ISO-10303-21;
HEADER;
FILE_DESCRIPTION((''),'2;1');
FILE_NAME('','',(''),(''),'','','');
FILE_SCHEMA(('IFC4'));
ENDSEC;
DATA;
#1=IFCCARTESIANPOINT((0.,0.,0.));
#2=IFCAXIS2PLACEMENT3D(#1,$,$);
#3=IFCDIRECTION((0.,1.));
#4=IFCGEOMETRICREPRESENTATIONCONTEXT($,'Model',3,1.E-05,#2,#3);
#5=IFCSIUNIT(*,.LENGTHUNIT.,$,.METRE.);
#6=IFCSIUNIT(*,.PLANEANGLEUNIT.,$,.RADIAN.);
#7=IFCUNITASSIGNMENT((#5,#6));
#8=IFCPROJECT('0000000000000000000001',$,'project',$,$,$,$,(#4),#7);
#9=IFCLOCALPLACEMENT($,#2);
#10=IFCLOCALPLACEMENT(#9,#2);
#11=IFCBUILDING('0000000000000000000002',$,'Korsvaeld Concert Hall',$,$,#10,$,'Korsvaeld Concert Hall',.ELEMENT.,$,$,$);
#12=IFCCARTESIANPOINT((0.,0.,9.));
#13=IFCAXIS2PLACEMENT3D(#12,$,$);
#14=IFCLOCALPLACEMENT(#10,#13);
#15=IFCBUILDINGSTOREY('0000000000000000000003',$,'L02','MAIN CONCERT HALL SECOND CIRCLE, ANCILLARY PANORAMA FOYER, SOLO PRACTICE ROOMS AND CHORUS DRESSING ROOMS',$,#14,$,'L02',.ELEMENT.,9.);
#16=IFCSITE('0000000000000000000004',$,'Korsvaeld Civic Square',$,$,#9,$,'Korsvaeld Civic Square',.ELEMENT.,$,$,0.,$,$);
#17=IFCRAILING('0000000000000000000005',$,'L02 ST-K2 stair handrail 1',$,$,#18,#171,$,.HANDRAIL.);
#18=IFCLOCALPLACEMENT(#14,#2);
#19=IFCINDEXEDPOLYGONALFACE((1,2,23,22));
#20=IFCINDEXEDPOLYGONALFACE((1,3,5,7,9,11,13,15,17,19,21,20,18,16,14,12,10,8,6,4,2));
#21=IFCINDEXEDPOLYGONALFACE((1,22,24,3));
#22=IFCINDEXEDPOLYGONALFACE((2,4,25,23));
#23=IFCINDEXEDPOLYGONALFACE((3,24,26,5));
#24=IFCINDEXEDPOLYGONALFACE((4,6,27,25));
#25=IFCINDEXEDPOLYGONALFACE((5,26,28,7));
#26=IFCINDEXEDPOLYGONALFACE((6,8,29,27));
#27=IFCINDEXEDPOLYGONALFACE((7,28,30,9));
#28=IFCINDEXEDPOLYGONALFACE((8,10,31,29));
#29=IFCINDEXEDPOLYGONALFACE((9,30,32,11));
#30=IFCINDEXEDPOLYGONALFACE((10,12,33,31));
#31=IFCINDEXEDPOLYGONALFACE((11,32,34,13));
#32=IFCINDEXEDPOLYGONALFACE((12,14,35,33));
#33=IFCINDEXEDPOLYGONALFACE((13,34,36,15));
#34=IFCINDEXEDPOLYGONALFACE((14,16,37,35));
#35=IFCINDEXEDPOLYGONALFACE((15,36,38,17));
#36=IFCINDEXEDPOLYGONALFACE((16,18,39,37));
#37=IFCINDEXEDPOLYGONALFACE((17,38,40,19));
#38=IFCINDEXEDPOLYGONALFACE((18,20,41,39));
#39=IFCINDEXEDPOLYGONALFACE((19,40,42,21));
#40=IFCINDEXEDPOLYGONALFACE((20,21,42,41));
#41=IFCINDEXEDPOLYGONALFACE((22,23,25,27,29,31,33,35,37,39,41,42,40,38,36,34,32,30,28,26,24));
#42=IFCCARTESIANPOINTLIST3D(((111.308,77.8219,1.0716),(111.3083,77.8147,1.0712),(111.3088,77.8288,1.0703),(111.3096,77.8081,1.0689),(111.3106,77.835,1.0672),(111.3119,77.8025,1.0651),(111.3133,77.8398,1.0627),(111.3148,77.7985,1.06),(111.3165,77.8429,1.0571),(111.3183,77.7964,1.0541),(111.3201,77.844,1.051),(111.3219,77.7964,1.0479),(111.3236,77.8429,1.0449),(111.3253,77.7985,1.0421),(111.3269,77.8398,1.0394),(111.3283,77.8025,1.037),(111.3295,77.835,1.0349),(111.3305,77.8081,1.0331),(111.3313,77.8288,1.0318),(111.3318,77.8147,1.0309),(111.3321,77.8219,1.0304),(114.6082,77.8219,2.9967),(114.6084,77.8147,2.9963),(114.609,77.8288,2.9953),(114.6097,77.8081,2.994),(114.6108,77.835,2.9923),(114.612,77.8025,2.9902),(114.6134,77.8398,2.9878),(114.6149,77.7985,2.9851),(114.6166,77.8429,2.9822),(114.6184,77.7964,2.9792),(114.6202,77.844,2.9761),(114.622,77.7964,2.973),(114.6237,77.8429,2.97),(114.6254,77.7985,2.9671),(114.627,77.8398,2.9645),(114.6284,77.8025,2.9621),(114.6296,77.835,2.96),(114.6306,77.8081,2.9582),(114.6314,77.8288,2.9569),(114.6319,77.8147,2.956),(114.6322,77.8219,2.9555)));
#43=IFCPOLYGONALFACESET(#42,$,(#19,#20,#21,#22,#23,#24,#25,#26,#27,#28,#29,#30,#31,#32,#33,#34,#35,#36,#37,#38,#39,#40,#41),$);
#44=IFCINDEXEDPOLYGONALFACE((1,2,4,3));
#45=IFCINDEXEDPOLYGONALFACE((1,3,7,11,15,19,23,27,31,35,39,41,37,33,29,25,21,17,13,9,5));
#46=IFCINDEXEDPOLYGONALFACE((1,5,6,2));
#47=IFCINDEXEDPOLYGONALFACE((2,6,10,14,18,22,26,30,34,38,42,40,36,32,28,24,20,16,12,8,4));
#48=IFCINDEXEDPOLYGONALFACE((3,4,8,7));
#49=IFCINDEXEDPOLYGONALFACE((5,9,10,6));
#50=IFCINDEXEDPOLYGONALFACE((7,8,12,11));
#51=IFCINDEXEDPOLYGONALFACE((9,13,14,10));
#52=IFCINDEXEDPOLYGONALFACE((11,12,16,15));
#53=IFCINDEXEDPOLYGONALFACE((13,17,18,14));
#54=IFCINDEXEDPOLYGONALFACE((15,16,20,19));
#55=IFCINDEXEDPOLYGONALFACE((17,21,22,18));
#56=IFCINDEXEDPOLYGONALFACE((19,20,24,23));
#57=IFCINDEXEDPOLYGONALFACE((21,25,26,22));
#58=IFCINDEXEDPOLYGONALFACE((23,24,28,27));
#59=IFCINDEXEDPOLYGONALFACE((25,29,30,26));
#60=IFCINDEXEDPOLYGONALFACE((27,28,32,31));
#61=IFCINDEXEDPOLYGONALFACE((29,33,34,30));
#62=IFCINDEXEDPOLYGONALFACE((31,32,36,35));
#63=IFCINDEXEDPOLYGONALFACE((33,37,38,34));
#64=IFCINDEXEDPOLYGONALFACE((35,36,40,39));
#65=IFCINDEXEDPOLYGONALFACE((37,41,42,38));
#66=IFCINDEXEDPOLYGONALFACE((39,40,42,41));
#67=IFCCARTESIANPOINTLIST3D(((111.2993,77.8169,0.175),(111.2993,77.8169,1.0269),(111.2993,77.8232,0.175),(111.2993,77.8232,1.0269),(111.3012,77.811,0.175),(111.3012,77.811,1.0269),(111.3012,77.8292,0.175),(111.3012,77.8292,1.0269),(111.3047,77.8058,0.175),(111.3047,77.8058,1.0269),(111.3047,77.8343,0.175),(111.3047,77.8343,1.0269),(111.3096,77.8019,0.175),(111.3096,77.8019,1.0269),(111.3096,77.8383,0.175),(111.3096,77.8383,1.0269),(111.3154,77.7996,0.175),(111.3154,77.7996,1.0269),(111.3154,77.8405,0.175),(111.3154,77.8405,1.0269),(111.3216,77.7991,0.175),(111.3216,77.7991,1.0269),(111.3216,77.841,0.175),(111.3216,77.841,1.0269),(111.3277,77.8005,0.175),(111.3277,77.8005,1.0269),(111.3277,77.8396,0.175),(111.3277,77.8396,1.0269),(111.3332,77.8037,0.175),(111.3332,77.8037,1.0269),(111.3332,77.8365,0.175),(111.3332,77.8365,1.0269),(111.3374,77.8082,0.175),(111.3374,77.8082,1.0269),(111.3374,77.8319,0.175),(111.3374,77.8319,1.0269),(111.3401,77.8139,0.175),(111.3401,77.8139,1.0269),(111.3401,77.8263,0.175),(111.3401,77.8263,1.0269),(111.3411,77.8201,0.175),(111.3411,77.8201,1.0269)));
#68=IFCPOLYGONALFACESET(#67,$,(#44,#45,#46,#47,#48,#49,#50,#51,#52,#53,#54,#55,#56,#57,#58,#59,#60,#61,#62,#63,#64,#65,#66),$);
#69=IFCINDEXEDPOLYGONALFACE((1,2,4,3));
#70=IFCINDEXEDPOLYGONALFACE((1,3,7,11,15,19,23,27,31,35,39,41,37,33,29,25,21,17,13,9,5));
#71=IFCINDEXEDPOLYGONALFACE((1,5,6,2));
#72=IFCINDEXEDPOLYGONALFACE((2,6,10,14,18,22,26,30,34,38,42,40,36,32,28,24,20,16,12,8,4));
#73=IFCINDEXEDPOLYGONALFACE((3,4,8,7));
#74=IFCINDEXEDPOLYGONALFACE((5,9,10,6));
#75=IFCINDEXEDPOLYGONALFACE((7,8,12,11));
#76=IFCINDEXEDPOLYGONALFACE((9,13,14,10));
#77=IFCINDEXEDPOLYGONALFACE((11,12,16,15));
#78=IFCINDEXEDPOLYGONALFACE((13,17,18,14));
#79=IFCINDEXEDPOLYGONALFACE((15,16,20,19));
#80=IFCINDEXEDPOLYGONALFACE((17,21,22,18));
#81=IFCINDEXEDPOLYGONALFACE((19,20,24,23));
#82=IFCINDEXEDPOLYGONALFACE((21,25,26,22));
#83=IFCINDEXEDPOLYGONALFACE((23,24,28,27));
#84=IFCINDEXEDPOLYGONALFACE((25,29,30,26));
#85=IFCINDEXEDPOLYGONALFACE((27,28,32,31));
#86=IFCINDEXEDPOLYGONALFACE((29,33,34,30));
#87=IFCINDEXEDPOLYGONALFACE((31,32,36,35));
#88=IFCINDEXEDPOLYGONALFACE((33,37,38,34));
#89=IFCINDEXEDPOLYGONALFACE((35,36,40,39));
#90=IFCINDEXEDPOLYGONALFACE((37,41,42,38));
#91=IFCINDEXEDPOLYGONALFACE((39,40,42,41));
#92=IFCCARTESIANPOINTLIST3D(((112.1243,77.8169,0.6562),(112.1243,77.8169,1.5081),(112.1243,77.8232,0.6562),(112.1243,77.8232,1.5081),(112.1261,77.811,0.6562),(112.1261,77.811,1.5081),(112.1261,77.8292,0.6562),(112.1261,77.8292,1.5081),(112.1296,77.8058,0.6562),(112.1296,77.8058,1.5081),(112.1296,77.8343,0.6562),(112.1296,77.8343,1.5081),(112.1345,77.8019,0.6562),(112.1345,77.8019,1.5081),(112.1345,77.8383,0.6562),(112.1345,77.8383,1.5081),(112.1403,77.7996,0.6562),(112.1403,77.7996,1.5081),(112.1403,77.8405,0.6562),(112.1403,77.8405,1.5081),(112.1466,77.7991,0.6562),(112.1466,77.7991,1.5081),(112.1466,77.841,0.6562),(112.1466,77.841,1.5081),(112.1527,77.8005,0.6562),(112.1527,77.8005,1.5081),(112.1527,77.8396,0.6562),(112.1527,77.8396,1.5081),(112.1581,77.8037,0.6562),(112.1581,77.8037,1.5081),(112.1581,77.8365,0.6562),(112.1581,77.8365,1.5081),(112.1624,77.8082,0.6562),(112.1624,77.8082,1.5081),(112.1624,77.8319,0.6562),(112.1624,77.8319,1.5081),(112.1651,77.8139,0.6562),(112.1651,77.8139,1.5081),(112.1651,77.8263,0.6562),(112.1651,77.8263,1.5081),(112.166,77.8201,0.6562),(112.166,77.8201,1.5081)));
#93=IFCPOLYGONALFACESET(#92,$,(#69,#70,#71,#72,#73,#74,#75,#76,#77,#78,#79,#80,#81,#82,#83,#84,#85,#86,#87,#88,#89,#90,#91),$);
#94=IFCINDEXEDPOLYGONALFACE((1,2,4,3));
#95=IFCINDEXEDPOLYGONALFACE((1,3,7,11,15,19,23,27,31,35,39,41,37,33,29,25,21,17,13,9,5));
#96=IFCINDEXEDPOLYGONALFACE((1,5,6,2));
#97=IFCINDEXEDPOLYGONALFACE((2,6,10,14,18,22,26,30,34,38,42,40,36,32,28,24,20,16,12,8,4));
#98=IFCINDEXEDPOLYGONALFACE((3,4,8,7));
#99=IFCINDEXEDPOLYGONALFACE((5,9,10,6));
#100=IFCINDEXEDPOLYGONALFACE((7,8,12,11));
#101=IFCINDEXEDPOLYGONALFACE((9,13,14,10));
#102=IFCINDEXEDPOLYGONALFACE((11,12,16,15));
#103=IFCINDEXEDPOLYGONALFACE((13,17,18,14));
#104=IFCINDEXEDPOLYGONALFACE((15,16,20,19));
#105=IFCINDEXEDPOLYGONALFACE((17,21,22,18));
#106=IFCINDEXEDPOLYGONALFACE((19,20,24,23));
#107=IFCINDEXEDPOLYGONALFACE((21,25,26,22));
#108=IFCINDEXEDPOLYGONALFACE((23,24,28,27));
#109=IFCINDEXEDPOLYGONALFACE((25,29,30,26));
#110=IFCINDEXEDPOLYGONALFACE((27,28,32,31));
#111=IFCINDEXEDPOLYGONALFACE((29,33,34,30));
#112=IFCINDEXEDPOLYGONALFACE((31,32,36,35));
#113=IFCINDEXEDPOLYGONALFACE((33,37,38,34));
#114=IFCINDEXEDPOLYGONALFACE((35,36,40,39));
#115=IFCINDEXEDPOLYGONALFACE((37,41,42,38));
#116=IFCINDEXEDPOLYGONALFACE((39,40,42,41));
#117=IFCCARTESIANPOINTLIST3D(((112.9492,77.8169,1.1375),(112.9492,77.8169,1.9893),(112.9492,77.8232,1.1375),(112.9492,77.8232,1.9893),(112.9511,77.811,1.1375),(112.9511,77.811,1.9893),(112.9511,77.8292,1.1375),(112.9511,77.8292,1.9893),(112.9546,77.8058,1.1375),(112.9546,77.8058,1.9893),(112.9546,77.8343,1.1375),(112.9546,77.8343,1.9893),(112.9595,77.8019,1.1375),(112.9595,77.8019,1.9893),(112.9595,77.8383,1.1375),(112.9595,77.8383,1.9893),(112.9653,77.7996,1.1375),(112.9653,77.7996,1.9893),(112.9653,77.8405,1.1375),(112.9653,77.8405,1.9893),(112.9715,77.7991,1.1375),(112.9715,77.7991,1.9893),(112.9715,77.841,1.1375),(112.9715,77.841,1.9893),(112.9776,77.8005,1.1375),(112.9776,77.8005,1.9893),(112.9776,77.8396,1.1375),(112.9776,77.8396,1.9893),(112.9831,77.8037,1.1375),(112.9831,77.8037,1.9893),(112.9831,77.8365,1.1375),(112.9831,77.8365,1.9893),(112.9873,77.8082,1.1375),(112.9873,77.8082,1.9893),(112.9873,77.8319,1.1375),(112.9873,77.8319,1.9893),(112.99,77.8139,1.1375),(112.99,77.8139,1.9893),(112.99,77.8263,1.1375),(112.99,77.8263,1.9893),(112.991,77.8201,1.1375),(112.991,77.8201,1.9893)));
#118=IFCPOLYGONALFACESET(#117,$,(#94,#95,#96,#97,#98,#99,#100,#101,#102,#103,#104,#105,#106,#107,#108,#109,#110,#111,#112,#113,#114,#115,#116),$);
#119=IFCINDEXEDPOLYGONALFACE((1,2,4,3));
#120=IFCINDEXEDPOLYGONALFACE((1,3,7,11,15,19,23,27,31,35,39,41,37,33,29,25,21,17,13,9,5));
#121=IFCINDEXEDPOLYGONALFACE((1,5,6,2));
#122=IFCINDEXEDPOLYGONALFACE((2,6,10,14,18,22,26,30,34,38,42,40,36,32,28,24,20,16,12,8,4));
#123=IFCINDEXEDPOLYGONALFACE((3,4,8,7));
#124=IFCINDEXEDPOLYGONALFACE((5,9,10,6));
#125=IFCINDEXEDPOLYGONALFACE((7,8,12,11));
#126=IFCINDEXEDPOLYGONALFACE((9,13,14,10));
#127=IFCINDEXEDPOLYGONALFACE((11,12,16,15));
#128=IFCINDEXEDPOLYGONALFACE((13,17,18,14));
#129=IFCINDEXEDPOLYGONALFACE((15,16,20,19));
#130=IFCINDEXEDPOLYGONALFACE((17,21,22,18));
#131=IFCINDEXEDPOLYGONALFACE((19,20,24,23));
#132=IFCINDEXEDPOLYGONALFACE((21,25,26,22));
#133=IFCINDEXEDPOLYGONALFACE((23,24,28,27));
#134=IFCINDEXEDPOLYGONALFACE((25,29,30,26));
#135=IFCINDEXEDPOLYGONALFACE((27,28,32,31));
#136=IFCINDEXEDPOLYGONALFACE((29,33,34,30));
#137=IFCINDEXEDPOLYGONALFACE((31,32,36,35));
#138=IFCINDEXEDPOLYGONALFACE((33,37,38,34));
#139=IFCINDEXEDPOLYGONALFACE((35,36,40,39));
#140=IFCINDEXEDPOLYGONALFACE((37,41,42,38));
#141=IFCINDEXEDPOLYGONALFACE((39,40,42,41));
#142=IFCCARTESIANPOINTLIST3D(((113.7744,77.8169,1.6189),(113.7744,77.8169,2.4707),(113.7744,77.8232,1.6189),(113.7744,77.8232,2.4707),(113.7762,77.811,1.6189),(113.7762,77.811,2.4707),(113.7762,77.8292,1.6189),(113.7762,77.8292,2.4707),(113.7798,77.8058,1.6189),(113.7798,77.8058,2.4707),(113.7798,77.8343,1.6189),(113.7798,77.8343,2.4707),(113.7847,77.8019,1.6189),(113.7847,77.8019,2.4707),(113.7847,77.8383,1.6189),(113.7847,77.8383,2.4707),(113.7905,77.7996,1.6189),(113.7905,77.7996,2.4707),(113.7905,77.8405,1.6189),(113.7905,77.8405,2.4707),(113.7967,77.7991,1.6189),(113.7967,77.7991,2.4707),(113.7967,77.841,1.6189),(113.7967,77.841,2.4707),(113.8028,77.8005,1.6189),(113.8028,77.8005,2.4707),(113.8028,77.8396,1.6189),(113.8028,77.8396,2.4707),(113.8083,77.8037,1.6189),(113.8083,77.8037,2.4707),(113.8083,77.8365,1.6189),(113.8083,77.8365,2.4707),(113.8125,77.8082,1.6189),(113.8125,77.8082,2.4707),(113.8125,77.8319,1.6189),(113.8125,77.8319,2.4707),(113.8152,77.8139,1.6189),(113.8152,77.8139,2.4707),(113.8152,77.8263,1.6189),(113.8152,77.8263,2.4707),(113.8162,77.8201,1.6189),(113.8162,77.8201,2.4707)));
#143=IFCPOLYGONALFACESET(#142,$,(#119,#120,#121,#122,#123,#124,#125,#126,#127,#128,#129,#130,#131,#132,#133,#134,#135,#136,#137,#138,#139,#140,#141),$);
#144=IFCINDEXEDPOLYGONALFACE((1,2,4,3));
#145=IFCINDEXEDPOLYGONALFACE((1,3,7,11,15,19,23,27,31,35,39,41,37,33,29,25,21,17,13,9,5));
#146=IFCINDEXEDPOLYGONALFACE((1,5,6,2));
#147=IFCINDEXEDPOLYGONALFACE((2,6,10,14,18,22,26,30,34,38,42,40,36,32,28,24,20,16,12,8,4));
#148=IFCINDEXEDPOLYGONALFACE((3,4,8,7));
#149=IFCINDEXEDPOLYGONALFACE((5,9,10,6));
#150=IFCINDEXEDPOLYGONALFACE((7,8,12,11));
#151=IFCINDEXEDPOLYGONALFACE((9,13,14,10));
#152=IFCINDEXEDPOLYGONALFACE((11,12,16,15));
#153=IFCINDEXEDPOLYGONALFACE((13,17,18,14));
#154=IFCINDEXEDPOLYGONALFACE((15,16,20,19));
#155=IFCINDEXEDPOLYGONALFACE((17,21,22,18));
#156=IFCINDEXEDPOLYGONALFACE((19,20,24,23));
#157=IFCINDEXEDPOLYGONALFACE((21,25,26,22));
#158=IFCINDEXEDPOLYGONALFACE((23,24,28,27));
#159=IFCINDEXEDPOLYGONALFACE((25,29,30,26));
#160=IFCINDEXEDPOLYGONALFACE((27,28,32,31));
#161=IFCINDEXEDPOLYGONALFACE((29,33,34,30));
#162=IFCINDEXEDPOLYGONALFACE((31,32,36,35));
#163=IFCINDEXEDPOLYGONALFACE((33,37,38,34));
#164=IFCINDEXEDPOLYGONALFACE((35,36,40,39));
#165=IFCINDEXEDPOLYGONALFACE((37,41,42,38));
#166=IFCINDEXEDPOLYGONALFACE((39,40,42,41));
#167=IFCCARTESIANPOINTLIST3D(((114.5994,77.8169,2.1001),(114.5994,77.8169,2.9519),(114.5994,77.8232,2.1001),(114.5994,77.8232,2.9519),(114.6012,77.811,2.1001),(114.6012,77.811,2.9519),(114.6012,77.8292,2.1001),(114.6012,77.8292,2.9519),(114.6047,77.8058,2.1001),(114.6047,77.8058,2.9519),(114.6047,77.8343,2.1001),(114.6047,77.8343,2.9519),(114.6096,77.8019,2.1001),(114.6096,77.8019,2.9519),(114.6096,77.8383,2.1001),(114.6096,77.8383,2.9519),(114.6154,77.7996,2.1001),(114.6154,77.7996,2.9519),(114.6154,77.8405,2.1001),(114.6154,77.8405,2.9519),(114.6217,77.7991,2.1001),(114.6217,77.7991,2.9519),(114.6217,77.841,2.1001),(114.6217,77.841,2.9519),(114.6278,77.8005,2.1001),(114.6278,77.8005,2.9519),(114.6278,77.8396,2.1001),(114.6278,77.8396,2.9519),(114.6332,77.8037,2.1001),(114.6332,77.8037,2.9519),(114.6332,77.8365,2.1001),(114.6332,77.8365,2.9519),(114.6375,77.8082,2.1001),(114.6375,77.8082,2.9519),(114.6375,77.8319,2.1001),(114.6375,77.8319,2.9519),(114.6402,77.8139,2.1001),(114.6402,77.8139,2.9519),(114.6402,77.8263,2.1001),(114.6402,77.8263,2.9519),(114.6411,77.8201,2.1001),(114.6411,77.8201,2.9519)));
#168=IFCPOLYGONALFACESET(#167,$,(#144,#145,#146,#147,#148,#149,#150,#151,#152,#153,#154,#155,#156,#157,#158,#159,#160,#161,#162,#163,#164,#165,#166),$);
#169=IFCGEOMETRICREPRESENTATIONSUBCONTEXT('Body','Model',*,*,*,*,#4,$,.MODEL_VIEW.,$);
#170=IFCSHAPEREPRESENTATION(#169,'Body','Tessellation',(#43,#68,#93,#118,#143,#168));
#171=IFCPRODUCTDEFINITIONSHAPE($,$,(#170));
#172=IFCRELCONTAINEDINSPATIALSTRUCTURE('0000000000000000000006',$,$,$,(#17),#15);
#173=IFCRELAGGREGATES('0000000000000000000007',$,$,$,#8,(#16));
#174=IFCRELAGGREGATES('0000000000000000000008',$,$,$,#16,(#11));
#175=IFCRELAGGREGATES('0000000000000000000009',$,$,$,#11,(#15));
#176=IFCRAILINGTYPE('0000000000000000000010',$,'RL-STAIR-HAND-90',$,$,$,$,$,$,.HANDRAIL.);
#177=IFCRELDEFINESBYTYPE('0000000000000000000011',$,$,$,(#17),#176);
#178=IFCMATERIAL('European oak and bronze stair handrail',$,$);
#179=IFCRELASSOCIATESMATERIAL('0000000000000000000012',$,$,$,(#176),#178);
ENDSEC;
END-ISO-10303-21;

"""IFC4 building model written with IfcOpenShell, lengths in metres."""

from ifc_helpers import new_model, si_unit, direction, frame, origin, origin_2d, place, context, subcontext, project, spatial, circle, extrude, material, type_object, element, save


model = new_model("IFC4")

# Units and contexts
model_context = context("Model", 3, precision=1e-05, world=origin(), true_north=direction((0.0, 1.0)))
body_context = subcontext(model_context, "Body", "Model", "MODEL_VIEW")
ifc_project = project(units=[si_unit("LENGTHUNIT", "METRE"), si_unit("PLANEANGLEUNIT", "RADIAN")], contexts=[model_context])

# Site, building, storey
site_placement = place(None, origin())
site = spatial("IfcSite", under=ifc_project, at=site_placement, Name="Korsvaeld Civic Square", LongName="Korsvaeld Civic Square", CompositionType="ELEMENT", RefElevation=0.0)
building_placement = place(site_placement, origin())
building = spatial("IfcBuilding", under=site, at=building_placement, Name="Korsvaeld Concert Hall", LongName="Korsvaeld Concert Hall", CompositionType="ELEMENT")
storey_placement = place(building_placement, frame((0.0, 0.0, 9.0)))
storey = spatial("IfcBuildingStorey", under=building, at=storey_placement, Name="L02", Description="MAIN CONCERT HALL SECOND CIRCLE, ANCILLARY PANORAMA FOYER, SOLO PRACTICE ROOMS AND CHORUS DRESSING ROOMS", LongName="L02", CompositionType="ELEMENT", Elevation=9.0)

# Railing
ifc_material_1 = material(Name="European oak and bronze stair handrail")
railing_type_1 = type_object("IfcRailingType", Name="RL-STAIR-HAND-90", PredefinedType="HANDRAIL", material=ifc_material_1)
railing_1_placement = place(storey_placement, frame((111.3201, 77.8201, 0.175)))
element("IfcRailing", 1, at=railing_1_placement, inside=storey, type_object=railing_type_1, Name="L02 ST-K2 stair handrail 1", PredefinedType="HANDRAIL", context=body_context, shape_type="SweptSolid", body=[
    extrude(circle(Radius=0.0239, at=origin_2d()), frame((0.0, 0.0, 0.876), z_axis=(0.863777, 0.0, 0.503875), x_axis=(0.0, 1.0, 0.0)), (0.0, 0.0, 1.0), 3.8206),
    extrude(circle(Radius=0.021, at=origin_2d()), origin(), (0.0, 0.0, 1.0), 0.8518),
    extrude(circle(Radius=0.021, at=origin_2d()), frame((0.825, 0.0, 0.4812)), (0.0, 0.0, 1.0), 0.8518),
    extrude(circle(Radius=0.021, at=origin_2d()), frame((1.6499, 0.0, 0.9624)), (0.0, 0.0, 1.0), 0.8518),
    extrude(circle(Radius=0.021, at=origin_2d()), frame((2.4751, 0.0, 1.4438)), (0.0, 0.0, 1.0), 0.8518),
    extrude(circle(Radius=0.021, at=origin_2d()), frame((3.3, 0.0, 1.925)), (0.0, 0.0, 1.0), 0.8518),
])

save(model, "model.ifc")
